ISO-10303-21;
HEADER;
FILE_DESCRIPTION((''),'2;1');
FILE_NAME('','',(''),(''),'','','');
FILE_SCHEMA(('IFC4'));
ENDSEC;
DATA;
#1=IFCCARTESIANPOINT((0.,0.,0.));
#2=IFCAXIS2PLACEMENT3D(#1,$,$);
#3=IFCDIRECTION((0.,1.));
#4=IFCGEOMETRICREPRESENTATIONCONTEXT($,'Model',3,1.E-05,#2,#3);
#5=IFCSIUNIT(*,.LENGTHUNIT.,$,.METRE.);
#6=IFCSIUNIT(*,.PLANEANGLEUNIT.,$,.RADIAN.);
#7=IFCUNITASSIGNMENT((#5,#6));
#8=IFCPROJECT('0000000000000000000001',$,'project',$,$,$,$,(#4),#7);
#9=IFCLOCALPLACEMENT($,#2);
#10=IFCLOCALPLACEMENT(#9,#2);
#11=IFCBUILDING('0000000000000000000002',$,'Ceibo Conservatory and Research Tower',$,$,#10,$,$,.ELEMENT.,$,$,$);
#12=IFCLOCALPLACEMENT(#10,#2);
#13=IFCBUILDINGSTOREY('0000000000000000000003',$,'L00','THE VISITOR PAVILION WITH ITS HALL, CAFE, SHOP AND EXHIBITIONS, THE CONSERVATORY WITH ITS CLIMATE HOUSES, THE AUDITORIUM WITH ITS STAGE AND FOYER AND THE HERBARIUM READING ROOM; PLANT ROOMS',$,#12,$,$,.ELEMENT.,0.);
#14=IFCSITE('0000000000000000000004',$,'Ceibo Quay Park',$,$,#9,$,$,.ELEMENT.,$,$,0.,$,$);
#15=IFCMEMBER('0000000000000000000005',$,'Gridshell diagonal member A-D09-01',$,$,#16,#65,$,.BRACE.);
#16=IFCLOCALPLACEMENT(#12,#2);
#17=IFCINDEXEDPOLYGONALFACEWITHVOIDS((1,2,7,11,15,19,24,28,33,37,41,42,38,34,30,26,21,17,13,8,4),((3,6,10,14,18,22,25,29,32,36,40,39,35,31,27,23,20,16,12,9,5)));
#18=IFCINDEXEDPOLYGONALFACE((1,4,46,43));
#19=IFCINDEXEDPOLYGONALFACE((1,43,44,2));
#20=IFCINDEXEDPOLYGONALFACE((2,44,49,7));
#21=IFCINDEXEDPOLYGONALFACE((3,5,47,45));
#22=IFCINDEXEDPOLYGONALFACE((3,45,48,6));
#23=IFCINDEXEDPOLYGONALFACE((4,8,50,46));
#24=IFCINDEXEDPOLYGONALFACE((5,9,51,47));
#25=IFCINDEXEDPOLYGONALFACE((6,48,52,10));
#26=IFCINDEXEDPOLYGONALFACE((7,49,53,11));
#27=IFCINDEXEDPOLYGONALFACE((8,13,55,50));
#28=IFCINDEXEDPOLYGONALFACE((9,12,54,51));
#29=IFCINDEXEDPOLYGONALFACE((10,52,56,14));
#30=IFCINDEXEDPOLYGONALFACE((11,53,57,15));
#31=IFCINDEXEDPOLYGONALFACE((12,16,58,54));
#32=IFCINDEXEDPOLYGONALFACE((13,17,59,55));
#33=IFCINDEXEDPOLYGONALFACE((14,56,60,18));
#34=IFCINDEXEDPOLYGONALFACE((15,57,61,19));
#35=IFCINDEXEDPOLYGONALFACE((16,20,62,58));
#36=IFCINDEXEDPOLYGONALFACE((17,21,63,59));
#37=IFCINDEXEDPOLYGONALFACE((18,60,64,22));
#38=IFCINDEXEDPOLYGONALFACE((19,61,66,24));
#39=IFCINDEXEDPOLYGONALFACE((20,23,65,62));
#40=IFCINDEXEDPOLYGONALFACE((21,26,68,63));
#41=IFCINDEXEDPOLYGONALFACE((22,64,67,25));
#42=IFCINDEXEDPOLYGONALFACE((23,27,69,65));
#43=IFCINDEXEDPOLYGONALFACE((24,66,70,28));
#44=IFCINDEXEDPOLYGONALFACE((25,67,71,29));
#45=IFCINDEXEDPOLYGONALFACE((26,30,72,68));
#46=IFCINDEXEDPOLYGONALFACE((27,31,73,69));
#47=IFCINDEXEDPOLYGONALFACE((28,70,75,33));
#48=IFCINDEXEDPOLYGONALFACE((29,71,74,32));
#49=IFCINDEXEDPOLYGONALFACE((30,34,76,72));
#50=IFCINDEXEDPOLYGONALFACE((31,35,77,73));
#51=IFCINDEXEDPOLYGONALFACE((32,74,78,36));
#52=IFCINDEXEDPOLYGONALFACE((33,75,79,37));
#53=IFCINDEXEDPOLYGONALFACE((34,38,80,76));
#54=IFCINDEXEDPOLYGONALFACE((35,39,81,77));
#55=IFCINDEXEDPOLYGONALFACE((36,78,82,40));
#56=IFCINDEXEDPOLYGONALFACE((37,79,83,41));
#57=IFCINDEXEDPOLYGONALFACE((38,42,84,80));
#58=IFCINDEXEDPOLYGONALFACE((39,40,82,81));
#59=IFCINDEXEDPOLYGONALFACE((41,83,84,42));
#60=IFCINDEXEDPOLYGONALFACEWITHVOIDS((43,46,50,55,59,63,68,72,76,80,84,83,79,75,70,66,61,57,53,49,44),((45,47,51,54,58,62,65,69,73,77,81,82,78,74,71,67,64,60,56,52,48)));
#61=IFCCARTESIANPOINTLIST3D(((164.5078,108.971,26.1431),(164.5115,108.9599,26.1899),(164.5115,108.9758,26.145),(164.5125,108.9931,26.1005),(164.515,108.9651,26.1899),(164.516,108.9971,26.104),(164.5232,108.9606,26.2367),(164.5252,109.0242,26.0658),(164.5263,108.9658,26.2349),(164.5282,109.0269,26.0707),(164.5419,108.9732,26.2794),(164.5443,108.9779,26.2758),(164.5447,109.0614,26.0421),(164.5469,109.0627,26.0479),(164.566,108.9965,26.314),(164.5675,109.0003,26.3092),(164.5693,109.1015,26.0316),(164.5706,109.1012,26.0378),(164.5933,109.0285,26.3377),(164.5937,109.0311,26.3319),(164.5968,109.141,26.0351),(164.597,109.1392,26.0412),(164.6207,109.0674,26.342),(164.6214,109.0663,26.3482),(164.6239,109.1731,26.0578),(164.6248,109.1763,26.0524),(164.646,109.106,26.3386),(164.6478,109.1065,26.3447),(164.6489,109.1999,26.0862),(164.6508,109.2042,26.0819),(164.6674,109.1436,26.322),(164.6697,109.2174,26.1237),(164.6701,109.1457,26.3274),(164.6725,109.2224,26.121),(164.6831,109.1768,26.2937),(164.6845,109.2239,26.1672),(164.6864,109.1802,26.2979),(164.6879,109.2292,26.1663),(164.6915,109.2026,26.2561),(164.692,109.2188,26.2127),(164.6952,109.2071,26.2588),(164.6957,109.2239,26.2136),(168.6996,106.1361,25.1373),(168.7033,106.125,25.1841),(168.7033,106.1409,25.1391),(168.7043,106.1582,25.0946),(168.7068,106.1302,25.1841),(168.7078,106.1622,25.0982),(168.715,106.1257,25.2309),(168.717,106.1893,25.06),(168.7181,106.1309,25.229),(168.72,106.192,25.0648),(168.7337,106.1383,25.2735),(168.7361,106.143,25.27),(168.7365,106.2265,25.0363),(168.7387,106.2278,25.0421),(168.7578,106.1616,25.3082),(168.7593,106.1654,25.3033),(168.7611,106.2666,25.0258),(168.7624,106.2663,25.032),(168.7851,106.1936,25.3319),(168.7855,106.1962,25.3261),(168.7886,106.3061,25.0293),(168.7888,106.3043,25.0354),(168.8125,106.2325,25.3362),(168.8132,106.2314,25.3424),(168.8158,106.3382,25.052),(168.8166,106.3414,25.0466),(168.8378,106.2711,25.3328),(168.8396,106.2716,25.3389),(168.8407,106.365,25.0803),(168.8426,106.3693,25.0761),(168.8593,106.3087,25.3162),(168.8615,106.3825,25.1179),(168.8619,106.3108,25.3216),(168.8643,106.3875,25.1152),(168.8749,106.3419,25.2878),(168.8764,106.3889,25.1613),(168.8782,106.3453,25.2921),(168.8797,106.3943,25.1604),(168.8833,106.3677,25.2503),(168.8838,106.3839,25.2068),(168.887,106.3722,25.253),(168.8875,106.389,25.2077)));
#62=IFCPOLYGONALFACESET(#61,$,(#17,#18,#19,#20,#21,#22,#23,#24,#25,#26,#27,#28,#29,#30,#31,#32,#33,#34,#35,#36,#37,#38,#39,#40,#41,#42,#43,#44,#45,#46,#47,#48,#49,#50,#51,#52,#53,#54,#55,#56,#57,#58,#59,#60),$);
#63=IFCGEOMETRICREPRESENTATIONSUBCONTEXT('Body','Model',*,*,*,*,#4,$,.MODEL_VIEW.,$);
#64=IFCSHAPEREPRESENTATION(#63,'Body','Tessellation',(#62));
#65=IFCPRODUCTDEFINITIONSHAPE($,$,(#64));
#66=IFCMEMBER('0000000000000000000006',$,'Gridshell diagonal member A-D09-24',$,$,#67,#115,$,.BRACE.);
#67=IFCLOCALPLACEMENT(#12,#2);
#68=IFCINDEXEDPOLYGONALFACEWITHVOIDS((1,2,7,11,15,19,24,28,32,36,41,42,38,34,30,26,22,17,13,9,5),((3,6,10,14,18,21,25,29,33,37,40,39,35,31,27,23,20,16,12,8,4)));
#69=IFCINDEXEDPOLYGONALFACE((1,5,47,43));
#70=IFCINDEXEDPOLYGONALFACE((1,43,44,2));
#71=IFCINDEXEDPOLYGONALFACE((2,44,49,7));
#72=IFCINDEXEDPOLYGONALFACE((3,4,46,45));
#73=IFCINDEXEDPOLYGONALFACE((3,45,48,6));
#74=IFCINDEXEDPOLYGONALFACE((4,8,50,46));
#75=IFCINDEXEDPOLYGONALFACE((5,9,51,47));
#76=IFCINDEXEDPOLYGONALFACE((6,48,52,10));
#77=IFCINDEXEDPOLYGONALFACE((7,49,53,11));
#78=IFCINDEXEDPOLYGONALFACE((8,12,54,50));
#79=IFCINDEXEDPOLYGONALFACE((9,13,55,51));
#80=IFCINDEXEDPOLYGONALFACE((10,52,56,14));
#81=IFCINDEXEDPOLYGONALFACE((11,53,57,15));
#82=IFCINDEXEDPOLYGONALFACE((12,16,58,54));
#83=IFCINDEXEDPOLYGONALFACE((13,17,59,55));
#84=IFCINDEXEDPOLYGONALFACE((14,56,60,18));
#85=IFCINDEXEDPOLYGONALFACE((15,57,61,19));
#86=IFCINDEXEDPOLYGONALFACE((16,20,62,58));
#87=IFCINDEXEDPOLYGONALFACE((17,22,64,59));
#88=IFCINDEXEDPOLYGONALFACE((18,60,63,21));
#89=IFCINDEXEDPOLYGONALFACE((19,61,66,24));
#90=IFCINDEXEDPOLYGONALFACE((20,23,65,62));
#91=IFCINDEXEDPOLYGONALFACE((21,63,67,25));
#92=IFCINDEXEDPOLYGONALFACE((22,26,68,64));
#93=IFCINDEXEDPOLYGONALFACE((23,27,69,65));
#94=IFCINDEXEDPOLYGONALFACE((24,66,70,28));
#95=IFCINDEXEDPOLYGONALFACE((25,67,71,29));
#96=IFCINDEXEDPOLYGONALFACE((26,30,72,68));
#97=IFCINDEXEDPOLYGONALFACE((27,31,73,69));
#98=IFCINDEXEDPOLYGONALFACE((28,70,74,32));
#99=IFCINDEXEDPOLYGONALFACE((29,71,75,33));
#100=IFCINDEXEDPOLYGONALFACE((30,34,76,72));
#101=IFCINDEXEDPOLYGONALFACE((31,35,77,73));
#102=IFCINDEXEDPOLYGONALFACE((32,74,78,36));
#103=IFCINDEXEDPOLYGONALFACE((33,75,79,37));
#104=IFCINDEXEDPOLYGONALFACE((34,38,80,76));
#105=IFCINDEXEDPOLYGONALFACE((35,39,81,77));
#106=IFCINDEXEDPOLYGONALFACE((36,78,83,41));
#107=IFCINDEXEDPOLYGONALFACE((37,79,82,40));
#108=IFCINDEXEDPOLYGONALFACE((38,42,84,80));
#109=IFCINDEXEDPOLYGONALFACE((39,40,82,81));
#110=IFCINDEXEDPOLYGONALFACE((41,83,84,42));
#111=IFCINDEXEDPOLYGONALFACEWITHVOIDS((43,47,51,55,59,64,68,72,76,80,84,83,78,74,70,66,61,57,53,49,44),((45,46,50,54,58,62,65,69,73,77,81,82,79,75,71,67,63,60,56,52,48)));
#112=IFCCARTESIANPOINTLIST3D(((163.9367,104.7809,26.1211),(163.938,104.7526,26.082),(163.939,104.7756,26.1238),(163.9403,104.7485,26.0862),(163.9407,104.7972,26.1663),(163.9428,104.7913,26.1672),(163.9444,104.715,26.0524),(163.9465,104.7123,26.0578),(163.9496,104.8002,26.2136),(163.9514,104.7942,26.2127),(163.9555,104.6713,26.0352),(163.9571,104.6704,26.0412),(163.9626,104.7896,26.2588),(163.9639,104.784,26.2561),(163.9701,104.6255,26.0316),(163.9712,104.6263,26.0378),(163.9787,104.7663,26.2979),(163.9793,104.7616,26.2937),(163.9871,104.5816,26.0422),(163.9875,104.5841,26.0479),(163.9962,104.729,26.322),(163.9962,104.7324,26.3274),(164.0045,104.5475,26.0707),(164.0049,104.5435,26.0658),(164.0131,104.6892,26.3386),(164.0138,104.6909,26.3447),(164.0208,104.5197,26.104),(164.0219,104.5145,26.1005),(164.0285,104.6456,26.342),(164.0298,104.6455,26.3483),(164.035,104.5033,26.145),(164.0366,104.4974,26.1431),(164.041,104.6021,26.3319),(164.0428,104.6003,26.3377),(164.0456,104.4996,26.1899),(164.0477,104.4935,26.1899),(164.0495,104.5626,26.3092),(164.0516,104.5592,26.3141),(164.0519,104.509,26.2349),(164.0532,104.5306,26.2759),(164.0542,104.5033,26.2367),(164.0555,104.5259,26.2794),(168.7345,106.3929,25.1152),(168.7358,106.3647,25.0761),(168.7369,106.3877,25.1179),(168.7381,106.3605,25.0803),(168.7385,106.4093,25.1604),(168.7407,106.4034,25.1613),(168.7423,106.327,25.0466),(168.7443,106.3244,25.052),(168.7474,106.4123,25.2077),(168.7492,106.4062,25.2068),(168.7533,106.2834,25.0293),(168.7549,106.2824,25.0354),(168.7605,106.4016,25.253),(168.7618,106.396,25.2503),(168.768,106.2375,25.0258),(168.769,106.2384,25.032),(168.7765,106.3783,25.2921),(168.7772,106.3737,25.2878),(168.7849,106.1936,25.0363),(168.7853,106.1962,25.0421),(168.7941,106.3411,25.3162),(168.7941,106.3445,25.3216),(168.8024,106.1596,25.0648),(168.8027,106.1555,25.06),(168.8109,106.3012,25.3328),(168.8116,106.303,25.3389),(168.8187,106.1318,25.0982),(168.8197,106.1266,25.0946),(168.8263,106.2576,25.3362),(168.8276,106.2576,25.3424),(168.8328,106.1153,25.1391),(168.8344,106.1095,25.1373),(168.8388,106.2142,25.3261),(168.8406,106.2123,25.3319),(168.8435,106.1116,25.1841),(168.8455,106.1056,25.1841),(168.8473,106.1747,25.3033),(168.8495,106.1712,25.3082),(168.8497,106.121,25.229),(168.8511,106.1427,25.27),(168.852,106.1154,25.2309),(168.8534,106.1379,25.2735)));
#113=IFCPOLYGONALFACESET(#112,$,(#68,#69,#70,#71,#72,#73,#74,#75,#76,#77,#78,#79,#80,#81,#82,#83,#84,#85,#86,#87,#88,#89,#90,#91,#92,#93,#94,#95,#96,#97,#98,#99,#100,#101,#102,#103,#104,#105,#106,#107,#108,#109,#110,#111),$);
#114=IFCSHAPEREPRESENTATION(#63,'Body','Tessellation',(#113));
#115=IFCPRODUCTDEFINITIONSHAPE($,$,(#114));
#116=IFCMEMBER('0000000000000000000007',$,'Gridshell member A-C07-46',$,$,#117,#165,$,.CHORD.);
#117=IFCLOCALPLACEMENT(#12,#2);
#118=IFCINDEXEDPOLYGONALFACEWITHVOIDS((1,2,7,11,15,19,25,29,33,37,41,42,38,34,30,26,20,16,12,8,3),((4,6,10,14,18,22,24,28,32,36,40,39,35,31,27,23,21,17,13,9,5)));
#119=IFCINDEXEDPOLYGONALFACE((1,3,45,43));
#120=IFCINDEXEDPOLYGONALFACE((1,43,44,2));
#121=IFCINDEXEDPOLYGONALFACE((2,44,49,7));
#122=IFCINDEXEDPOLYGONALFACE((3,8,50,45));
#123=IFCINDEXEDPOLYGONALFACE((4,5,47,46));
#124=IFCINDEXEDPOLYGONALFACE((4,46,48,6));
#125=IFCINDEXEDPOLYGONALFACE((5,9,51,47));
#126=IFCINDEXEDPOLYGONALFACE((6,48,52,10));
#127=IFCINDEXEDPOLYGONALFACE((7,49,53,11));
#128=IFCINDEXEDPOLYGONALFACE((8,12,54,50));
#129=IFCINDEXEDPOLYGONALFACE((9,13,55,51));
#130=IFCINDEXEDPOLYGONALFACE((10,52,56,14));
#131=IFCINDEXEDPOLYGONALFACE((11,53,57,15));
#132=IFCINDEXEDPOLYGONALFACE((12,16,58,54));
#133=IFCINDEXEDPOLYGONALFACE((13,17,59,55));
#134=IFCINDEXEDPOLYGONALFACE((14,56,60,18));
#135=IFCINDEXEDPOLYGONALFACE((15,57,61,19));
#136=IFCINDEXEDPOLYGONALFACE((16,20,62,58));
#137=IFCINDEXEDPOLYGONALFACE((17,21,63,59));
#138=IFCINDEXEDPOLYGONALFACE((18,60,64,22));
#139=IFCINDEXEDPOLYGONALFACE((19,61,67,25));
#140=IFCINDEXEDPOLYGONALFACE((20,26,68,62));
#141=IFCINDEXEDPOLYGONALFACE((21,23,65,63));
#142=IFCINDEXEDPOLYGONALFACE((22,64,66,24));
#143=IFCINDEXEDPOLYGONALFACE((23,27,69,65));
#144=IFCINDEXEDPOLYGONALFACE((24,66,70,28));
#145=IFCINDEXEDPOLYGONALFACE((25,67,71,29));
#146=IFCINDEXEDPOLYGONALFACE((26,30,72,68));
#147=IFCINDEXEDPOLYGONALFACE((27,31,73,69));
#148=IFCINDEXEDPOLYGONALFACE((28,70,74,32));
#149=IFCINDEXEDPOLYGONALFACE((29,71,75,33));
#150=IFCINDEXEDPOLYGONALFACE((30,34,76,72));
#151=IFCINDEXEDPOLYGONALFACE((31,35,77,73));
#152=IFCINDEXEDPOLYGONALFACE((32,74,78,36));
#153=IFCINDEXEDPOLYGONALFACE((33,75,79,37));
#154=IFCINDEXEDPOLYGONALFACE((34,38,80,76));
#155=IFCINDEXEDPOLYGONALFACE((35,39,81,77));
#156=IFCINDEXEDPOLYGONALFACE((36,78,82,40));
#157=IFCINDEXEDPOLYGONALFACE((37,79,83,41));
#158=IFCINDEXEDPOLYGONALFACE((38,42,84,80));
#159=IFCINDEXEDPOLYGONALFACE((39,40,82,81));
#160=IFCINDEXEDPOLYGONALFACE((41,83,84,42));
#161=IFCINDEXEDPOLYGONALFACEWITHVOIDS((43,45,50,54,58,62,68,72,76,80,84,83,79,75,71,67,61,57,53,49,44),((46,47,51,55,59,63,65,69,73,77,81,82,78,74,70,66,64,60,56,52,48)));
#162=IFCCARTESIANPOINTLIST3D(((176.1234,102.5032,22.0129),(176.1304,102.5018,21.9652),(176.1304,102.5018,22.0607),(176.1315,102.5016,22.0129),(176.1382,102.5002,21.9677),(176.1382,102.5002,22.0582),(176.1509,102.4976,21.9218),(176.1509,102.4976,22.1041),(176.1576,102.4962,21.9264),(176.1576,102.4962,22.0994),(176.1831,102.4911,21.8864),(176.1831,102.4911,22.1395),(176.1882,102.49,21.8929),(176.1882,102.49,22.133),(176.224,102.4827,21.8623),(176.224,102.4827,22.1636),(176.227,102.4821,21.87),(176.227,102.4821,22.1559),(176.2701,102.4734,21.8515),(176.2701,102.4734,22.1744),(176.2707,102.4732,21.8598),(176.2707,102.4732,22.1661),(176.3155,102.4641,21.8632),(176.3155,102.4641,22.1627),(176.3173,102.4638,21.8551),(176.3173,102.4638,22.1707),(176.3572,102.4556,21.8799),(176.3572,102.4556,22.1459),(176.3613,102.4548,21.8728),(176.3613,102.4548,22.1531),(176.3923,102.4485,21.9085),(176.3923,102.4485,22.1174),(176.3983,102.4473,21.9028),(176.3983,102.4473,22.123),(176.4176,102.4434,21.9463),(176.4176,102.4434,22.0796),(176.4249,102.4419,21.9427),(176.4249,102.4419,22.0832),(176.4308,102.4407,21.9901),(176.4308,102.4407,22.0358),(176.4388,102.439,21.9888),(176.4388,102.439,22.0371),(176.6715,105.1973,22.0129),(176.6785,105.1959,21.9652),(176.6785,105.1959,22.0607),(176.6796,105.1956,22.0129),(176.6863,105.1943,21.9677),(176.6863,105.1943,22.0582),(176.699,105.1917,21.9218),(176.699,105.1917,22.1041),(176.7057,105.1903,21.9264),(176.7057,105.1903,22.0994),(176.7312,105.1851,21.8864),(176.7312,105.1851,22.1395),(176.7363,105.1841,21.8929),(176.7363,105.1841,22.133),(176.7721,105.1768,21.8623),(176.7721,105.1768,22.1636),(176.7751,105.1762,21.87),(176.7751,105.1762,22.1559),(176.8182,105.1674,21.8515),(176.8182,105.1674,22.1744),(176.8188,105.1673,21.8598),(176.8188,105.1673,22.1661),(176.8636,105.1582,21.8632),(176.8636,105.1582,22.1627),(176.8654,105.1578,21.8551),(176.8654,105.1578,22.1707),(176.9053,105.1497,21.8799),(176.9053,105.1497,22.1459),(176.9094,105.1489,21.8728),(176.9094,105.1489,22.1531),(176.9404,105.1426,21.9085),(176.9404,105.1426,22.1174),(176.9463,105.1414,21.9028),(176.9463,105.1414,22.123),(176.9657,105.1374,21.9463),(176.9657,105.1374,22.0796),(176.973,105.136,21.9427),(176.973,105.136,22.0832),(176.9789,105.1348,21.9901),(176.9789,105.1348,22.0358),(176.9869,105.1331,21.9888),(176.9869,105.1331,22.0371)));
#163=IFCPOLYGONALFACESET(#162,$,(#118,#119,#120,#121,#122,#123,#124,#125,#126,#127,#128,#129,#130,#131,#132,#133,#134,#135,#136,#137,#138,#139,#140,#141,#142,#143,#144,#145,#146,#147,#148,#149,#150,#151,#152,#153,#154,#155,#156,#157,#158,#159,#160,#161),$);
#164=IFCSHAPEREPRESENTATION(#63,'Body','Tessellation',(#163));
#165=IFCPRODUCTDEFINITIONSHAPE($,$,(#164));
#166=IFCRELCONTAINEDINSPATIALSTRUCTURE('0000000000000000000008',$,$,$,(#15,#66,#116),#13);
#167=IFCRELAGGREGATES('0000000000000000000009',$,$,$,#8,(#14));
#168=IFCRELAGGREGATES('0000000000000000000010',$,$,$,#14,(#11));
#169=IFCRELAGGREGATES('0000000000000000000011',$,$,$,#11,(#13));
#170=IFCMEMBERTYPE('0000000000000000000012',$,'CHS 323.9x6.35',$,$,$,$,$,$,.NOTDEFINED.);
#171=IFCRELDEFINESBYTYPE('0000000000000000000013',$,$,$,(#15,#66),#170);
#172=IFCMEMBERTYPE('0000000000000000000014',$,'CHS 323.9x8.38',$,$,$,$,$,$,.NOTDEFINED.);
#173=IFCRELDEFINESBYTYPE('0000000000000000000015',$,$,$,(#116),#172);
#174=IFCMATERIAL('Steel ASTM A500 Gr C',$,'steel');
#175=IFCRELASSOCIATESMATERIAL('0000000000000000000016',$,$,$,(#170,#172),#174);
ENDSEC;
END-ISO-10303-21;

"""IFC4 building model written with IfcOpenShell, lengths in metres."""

from ifc_helpers import new_model, si_unit, direction, frame, origin, origin_2d, place, context, subcontext, project, spatial, hollow_circle, extrude, material, material_profile, profile_set, type_object, element, save


model = new_model("IFC4")

# Units and contexts
model_context = context("Model", 3, precision=1e-05, world=origin(), true_north=direction((0.0, 1.0)))
body_context = subcontext(model_context, "Body", "Model", "MODEL_VIEW")
ifc_project = project(units=[si_unit("LENGTHUNIT", "METRE"), si_unit("PLANEANGLEUNIT", "RADIAN")], contexts=[model_context])

# Site, building, storey
site_placement = place(None, origin())
site = spatial("IfcSite", under=ifc_project, at=site_placement, Name="Ceibo Quay Park", CompositionType="ELEMENT", RefElevation=0.0)
building_placement = place(site_placement, origin())
building = spatial("IfcBuilding", under=site, at=building_placement, Name="Ceibo Conservatory and Research Tower", CompositionType="ELEMENT")
storey_placement = place(building_placement, origin())
storey = spatial("IfcBuildingStorey", under=building, at=storey_placement, Name="L00", Description="THE VISITOR PAVILION WITH ITS HALL, CAFE, SHOP AND EXHIBITIONS, THE CONSERVATORY WITH ITS CLIMATE HOUSES, THE AUDITORIUM WITH ITS STAGE AND FOYER AND THE HERBARIUM READING ROOM; PLANT ROOMS", CompositionType="ELEMENT", Elevation=0.0)

# Members
ifc_material_1 = material(Name="Steel ASTM A500 Gr C", Category="steel")
ifc_material_profile_1 = material_profile(ifc_material_1, hollow_circle(Radius=0.1619, WallThickness=0.0063, at=origin_2d()), Name="CHS 323.9x6.35")
ifc_profile_set_1 = profile_set([ifc_material_profile_1], Name="Steel ASTM A500 Gr C")
member_type_1 = type_object("IfcMemberType", Name="CHS 323.9x6.35", PredefinedType="NOTDEFINED", material=ifc_profile_set_1)
member_1_placement = place(storey_placement, frame((168.7939, 106.259, 25.1841), z_axis=(-0.812457, 0.549461, 0.194952), x_axis=(-0.56021, -0.828351, 0.0)))
element("IfcMember", 1, at=member_1_placement, inside=storey, type_object=member_type_1, Name="Gridshell diagonal member A-D09-01", PredefinedType="BRACE", context=body_context, shape_type="SweptSolid", body=[
    extrude(hollow_circle(Radius=0.1619, WallThickness=0.0063, at=origin_2d()), origin(), (0.0, 0.0, 1.0), 5.1594),
])
member_2_placement = place(storey_placement, frame((168.7939, 106.259, 25.1841), z_axis=(-0.929742, -0.31239, 0.194918), x_axis=(0.318499, -0.947923, 0.0)))
element("IfcMember", 2, at=member_2_placement, inside=storey, type_object=member_type_1, Name="Gridshell diagonal member A-D09-24", PredefinedType="BRACE", context=body_context, shape_type="SweptSolid", body=[
    extrude(hollow_circle(Radius=0.1619, WallThickness=0.0063, at=origin_2d()), origin(), (0.0, 0.0, 1.0), 5.1604),
])
ifc_material_profile_2 = material_profile(ifc_material_1, hollow_circle(Radius=0.1619, WallThickness=0.0083, at=origin_2d()), Name="CHS 323.9x8.38")
ifc_profile_set_2 = profile_set([ifc_material_profile_2], Name="Steel ASTM A500 Gr C")
member_type_2 = type_object("IfcMemberType", Name="CHS 323.9x8.38", PredefinedType="NOTDEFINED", material=ifc_profile_set_2)
member_3_placement = place(storey_placement, frame((176.282, 102.4709, 22.0129), z_axis=(0.19936, 0.979926, 0.0), x_axis=(-0.979926, 0.19936, 0.0)))
element("IfcMember", 3, at=member_3_placement, inside=storey, type_object=member_type_2, Name="Gridshell member A-C07-46", PredefinedType="CHORD", context=body_context, shape_type="SweptSolid", body=[
    extrude(hollow_circle(Radius=0.1619, WallThickness=0.0083, at=origin_2d()), origin(), (0.0, 0.0, 1.0), 2.7493),
])

save(model, "model.ifc")
